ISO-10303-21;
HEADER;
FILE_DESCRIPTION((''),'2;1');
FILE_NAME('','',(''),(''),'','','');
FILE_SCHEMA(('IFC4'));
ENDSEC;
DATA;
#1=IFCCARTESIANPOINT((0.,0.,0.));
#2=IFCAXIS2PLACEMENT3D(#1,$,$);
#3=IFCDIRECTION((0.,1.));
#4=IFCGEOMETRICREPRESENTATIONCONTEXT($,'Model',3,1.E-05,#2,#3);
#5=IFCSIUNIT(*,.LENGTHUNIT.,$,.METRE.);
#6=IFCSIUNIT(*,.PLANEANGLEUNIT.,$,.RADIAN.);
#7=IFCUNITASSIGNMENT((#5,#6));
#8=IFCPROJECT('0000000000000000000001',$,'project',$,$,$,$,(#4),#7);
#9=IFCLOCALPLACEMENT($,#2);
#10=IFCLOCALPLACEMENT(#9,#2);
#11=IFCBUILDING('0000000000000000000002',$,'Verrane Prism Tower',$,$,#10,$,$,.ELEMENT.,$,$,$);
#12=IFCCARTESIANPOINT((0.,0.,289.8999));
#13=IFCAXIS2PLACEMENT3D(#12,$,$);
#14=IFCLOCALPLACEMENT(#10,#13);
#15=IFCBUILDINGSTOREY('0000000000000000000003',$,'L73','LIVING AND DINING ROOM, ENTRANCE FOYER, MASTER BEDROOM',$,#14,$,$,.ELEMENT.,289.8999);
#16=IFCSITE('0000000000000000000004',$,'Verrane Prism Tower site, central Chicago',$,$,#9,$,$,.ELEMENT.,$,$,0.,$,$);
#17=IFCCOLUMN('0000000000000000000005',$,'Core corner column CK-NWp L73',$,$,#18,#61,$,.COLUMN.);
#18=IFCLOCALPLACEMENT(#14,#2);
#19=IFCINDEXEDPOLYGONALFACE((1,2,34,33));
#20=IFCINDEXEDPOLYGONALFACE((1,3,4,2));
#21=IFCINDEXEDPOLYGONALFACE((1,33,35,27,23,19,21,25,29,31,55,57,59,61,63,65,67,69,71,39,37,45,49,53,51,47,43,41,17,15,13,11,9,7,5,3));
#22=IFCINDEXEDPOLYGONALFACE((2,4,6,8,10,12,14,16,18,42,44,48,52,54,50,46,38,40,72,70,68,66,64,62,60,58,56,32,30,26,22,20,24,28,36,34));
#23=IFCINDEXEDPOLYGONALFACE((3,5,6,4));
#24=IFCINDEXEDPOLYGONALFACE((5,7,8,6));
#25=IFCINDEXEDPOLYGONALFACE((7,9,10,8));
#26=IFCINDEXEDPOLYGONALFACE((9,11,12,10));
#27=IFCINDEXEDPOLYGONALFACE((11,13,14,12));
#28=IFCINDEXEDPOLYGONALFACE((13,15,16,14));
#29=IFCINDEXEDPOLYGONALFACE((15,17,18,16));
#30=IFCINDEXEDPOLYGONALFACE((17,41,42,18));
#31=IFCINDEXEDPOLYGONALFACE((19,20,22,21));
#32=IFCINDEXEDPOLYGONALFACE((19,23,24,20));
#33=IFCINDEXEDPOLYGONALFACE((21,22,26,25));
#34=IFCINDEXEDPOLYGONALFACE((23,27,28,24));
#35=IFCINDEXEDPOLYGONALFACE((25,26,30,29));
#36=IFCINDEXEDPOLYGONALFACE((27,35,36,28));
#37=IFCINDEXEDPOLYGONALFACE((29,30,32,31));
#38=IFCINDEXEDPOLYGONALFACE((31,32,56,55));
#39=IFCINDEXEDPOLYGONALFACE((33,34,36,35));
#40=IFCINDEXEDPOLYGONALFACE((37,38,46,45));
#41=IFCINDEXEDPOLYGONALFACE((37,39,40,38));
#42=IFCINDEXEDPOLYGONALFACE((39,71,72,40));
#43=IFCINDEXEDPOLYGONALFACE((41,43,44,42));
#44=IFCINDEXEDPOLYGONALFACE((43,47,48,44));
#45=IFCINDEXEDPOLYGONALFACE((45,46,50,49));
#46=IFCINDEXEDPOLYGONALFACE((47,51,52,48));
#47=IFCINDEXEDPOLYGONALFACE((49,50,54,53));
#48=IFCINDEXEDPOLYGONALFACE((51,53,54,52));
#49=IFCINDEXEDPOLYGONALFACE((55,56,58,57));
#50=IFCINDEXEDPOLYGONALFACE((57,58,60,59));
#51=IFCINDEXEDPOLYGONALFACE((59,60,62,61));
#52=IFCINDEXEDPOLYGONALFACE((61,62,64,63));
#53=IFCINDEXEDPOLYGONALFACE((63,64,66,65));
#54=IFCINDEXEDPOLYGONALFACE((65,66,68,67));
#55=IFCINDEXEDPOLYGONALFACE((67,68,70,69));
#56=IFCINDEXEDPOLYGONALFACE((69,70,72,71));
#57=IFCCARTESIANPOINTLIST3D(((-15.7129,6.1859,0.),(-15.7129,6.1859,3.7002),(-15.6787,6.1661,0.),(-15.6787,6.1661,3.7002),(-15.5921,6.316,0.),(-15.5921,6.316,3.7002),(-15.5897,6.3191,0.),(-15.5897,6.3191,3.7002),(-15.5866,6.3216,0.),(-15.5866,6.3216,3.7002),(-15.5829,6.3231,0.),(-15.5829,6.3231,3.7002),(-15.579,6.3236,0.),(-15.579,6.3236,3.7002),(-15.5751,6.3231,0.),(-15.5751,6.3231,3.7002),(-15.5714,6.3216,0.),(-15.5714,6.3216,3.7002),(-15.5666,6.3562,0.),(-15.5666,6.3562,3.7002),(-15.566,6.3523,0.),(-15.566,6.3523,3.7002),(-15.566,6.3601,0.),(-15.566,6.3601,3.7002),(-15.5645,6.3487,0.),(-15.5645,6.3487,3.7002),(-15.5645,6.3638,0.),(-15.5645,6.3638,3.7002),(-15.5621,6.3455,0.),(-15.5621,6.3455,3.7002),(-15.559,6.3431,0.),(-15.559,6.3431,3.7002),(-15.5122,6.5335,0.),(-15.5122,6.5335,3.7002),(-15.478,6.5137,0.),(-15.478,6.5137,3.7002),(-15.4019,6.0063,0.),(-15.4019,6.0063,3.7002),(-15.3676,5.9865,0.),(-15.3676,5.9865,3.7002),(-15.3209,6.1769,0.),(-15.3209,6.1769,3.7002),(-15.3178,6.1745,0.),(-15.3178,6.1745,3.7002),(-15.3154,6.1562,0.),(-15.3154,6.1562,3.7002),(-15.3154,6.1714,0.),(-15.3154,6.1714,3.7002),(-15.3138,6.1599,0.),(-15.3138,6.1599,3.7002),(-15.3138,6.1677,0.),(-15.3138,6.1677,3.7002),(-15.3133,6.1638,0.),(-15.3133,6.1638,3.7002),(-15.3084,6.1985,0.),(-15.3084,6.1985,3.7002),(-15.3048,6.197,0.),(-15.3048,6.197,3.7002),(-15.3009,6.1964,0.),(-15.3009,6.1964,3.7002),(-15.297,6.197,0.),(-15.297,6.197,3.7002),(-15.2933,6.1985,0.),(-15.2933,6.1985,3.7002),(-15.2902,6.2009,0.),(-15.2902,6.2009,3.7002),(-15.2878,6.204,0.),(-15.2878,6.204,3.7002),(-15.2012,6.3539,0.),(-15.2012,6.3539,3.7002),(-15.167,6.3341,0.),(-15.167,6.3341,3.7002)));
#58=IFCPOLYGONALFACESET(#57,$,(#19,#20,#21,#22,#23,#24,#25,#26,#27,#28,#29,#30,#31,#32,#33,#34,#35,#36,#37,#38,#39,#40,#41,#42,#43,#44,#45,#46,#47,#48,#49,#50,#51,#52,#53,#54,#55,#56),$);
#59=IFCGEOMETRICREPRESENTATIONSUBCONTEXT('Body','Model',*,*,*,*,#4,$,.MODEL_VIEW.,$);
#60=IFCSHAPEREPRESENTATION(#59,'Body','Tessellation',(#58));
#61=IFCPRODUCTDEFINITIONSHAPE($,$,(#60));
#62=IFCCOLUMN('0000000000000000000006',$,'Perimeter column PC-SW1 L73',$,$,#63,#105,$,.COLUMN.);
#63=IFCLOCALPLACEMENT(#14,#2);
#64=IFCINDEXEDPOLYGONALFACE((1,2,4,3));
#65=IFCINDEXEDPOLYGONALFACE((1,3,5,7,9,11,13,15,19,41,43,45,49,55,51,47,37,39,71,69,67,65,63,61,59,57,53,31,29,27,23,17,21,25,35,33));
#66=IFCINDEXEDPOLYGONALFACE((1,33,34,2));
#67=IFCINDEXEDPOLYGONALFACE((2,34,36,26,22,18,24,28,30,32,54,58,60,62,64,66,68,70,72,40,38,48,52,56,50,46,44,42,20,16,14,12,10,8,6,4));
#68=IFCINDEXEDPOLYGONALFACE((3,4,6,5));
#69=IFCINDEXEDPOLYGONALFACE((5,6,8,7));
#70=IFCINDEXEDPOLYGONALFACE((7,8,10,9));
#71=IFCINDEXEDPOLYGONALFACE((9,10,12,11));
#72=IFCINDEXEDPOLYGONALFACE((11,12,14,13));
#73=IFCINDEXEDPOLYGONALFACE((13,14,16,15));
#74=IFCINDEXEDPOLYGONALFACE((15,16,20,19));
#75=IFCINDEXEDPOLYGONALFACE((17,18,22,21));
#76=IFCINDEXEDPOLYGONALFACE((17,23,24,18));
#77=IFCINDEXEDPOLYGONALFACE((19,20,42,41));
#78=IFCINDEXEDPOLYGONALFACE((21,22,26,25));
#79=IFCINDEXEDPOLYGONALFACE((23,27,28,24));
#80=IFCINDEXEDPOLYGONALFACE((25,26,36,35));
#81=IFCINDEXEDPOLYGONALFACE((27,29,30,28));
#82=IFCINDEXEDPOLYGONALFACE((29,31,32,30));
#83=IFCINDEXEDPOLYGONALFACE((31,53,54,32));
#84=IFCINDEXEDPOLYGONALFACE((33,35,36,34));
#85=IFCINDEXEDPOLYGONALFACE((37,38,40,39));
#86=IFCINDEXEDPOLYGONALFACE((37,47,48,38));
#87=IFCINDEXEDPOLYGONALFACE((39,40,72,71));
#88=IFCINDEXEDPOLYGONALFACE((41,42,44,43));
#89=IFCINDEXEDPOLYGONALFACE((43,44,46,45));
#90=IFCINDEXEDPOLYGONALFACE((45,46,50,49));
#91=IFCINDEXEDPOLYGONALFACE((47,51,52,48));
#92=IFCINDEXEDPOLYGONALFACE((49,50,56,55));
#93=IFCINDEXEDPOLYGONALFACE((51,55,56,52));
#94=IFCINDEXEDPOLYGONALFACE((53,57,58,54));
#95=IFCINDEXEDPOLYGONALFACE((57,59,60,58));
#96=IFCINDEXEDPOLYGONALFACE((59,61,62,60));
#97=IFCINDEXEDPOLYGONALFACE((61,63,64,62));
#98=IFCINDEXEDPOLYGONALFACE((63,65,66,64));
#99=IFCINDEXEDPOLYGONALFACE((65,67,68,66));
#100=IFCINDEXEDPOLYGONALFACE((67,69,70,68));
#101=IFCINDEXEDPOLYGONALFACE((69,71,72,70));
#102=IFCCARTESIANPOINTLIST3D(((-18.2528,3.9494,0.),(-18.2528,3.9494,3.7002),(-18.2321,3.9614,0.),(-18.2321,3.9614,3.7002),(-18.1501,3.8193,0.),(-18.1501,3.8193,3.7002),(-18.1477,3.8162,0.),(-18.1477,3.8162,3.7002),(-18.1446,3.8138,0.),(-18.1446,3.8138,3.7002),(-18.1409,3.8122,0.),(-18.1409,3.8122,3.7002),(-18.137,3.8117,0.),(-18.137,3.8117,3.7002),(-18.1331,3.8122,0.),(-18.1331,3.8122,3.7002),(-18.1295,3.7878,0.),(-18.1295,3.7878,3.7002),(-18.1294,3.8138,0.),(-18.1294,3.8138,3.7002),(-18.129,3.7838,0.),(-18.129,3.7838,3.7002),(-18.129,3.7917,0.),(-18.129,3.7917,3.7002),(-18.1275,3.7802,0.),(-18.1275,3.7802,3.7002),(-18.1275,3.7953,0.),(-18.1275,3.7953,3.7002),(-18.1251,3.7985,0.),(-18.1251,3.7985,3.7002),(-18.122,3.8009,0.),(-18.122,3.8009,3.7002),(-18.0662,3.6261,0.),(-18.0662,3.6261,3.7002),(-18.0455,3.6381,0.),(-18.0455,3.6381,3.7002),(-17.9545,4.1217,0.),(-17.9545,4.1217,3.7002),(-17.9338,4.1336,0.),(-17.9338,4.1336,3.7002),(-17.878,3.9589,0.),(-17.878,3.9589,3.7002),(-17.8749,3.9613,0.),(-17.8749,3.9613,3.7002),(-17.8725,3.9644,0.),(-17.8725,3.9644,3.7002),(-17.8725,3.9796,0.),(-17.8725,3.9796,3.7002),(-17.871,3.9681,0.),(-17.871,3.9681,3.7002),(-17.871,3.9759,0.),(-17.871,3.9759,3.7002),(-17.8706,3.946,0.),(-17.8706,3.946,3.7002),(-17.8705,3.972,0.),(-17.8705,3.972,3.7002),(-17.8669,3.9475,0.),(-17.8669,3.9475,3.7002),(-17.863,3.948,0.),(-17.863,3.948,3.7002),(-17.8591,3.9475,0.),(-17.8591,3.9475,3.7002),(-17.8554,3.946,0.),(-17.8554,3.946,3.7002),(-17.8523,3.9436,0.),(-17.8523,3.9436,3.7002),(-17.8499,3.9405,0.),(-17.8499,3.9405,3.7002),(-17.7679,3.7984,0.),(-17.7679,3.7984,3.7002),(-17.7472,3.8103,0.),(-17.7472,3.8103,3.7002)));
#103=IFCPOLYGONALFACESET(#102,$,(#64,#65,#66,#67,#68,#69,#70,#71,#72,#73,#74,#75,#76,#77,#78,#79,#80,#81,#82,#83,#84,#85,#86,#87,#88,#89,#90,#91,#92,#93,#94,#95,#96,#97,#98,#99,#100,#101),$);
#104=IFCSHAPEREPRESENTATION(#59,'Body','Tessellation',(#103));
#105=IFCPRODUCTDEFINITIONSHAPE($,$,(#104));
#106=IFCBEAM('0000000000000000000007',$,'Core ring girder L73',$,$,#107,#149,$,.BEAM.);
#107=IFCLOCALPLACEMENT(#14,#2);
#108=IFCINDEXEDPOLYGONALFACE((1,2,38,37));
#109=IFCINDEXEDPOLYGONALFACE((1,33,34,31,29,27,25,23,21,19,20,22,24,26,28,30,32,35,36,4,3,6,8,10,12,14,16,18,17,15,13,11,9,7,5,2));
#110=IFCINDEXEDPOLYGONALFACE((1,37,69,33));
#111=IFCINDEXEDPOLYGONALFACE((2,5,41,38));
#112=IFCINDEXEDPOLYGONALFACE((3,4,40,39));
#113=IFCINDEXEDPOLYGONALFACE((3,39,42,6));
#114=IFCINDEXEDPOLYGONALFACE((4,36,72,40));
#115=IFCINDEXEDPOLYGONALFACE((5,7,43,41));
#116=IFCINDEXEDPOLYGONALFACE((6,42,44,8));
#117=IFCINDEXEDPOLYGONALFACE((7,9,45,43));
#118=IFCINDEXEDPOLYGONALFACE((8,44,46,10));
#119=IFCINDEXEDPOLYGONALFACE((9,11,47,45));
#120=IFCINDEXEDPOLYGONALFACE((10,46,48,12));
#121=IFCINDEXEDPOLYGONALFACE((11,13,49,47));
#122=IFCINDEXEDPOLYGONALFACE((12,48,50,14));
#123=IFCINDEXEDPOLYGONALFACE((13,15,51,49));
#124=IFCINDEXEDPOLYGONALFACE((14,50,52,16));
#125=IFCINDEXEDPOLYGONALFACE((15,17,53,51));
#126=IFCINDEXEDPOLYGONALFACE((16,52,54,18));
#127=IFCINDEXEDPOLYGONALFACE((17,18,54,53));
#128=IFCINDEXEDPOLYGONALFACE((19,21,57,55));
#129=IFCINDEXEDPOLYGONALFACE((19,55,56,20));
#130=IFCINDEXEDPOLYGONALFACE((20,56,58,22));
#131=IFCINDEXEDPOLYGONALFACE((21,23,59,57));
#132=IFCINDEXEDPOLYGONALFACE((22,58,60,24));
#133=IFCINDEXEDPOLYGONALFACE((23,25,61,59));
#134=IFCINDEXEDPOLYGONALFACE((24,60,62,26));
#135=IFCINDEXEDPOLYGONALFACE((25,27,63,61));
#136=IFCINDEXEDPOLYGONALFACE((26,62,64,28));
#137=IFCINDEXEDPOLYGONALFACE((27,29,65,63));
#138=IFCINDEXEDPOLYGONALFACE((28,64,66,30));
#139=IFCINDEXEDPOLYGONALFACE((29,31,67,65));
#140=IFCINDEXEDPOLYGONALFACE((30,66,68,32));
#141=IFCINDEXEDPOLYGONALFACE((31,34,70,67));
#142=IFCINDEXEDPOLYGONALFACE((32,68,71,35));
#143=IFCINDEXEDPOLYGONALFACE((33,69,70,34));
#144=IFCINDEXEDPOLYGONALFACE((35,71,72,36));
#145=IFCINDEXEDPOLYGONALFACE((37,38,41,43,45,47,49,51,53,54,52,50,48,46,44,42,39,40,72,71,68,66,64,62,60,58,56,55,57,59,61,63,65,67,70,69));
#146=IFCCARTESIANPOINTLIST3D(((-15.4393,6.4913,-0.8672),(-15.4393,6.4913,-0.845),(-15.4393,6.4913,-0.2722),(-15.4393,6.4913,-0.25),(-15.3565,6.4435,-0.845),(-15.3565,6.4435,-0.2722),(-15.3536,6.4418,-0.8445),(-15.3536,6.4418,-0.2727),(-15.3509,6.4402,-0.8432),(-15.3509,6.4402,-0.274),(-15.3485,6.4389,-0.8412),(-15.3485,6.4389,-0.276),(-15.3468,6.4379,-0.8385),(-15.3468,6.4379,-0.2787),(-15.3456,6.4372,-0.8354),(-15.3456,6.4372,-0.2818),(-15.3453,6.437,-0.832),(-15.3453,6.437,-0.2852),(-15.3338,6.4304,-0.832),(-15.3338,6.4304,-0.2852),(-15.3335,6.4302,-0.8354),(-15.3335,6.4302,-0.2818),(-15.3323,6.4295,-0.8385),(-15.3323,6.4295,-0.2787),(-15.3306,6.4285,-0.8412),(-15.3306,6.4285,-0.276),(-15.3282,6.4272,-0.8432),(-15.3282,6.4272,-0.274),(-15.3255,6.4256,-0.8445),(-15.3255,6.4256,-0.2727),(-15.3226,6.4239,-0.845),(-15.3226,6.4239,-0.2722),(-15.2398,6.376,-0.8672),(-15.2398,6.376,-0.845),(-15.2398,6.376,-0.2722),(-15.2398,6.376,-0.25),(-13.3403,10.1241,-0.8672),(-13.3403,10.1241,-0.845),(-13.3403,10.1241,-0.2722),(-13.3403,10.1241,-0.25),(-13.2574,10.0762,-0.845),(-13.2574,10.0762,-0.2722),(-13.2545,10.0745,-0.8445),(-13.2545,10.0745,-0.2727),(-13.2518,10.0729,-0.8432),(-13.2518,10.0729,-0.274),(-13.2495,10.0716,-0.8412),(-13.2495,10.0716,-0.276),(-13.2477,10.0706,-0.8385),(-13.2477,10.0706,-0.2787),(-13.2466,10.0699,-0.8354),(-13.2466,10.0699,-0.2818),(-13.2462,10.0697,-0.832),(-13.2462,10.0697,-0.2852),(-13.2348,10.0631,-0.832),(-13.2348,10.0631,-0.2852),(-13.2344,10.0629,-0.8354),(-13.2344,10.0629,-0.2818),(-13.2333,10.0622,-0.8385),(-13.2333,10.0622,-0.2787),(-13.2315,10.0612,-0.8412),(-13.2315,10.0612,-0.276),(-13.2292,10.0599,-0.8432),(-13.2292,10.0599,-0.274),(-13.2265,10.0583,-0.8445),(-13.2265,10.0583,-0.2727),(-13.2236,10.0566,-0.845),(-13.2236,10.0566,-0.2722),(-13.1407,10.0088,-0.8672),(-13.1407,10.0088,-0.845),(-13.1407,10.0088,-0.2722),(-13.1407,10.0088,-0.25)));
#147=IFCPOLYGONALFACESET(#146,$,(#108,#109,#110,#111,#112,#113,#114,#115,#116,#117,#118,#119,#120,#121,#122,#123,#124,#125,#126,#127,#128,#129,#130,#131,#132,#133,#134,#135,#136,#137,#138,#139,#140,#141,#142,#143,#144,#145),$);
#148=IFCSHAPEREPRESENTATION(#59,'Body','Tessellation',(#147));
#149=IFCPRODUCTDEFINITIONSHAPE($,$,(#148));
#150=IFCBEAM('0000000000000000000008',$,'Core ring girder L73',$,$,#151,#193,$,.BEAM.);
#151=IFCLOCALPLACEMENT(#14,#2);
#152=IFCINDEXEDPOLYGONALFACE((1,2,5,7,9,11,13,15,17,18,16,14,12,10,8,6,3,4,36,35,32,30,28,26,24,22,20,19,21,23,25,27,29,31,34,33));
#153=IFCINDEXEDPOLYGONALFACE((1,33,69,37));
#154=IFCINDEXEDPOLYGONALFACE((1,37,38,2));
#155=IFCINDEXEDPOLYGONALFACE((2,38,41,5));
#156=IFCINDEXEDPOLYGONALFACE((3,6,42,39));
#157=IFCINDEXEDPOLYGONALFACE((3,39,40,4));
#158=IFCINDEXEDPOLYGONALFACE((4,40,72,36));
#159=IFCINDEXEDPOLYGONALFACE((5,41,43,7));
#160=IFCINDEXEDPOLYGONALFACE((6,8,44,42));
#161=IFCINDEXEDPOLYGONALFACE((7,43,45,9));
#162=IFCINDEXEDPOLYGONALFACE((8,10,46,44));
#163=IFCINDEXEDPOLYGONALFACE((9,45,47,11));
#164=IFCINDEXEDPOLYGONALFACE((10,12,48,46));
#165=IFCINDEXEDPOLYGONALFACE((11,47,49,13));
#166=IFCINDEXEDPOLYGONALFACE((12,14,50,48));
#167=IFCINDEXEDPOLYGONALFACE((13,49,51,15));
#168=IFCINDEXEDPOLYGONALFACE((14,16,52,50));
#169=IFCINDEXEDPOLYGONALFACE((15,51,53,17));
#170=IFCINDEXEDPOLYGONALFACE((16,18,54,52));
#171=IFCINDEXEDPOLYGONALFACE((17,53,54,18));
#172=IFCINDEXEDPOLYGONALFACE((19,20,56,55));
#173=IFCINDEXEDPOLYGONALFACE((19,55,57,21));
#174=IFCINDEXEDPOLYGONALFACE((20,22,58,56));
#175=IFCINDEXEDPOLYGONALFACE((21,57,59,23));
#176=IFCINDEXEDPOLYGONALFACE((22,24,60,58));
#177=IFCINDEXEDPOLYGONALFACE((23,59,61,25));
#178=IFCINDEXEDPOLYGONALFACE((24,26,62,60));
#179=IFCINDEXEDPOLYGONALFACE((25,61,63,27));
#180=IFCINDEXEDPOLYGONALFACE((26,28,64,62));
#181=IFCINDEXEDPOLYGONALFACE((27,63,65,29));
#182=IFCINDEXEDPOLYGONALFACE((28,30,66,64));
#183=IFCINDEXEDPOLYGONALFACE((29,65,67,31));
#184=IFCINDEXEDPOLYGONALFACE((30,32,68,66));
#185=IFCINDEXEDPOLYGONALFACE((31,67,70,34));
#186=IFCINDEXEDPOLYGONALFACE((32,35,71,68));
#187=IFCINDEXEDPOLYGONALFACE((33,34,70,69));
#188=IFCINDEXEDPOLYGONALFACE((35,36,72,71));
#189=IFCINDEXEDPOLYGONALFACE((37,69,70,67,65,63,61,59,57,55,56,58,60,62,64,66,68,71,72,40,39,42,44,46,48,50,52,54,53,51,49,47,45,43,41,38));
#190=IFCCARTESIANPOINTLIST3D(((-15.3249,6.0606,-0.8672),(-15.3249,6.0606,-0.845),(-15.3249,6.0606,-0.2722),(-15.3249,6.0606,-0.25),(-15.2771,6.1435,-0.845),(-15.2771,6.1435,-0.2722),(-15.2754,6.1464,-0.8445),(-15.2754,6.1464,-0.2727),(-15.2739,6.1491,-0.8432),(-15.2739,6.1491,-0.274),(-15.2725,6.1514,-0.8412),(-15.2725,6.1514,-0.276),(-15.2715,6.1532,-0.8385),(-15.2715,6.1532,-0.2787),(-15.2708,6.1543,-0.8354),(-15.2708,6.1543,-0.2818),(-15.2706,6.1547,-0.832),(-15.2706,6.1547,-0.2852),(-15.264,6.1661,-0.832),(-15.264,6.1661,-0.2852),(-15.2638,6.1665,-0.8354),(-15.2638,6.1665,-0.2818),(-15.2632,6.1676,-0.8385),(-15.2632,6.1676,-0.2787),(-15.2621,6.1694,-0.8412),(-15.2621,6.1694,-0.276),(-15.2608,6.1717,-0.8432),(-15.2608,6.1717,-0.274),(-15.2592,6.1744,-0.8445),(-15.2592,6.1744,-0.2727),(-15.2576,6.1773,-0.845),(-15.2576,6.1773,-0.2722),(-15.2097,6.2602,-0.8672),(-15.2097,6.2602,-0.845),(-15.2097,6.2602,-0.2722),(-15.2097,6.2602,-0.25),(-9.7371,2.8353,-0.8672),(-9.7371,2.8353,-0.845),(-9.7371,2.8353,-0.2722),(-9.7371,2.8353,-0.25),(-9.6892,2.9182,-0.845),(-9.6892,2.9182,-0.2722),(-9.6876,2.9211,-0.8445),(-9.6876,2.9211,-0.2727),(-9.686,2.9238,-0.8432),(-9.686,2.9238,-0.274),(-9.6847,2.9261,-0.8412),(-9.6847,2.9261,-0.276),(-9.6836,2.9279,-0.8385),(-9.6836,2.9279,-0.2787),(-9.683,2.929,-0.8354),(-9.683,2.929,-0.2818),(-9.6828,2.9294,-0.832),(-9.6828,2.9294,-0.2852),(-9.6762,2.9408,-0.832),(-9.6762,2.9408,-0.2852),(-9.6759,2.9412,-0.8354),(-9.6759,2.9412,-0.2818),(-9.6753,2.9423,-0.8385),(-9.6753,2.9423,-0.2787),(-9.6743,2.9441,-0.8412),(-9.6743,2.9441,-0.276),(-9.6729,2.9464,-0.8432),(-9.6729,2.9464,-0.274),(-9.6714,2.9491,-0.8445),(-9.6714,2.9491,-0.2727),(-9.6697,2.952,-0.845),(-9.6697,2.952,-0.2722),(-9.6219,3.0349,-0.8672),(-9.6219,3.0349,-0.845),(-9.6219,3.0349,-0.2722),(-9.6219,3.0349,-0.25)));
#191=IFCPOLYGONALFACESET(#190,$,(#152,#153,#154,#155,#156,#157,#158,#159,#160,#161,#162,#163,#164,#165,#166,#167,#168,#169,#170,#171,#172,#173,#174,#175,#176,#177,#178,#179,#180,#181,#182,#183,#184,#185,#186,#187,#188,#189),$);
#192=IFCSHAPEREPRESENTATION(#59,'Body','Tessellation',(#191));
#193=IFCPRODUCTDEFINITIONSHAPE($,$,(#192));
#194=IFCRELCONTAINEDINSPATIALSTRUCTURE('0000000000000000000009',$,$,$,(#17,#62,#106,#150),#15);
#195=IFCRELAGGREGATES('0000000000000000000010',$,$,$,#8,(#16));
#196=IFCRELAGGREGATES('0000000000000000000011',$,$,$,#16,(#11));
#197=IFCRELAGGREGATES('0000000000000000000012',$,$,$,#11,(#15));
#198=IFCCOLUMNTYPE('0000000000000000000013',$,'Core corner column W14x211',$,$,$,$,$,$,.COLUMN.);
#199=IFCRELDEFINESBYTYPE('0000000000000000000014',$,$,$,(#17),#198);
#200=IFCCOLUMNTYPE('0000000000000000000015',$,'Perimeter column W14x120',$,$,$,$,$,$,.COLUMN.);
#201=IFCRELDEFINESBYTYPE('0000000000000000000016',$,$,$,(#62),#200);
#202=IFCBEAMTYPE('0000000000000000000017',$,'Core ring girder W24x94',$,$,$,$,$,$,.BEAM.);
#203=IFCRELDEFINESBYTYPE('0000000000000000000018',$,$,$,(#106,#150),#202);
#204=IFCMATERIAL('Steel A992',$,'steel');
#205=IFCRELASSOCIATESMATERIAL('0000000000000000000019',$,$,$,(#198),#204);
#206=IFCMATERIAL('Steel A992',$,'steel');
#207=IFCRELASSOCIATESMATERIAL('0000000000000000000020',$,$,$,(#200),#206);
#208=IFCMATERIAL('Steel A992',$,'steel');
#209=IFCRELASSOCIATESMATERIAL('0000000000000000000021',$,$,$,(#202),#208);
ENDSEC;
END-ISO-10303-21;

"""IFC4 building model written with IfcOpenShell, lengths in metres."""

from ifc_helpers import new_model, si_unit, direction, frame, origin, origin_2d, place, context, subcontext, project, spatial, i_section, extrude, material, material_profile, profile_set, type_object, element, save


model = new_model("IFC4")

# Units and contexts
model_context = context("Model", 3, precision=1e-05, world=origin(), true_north=direction((0.0, 1.0)))
body_context = subcontext(model_context, "Body", "Model", "MODEL_VIEW")
ifc_project = project(units=[si_unit("LENGTHUNIT", "METRE"), si_unit("PLANEANGLEUNIT", "RADIAN")], contexts=[model_context])

# Site, building, storey
site_placement = place(None, origin())
site = spatial("IfcSite", under=ifc_project, at=site_placement, Name="Verrane Prism Tower site, central Chicago", CompositionType="ELEMENT", RefElevation=0.0)
building_placement = place(site_placement, origin())
building = spatial("IfcBuilding", under=site, at=building_placement, Name="Verrane Prism Tower", CompositionType="ELEMENT")
storey_placement = place(building_placement, frame((0.0, 0.0, 289.8999)))
storey = spatial("IfcBuildingStorey", under=building, at=storey_placement, Name="L73", Description="LIVING AND DINING ROOM, ENTRANCE FOYER, MASTER BEDROOM", CompositionType="ELEMENT", Elevation=289.8999)

# Columns
ifc_material_1 = material(Name="Steel A992", Category="steel")
ifc_material_profile_1 = material_profile(ifc_material_1, i_section(OverallWidth=0.4014, OverallDepth=0.3987, WebThickness=0.0249, FlangeThickness=0.0396, FilletRadius=0.0151, at=origin_2d()), Name="W14x211")
ifc_profile_set_1 = profile_set([ifc_material_profile_1], Name="Steel A992")
column_type_1 = type_object("IfcColumnType", Name="Core corner column W14x211", PredefinedType="COLUMN", material=ifc_profile_set_1)
column_1_placement = place(storey_placement, frame((-15.4399, 6.26, 0.0), z_axis=(0.0, 0.0, 1.0), x_axis=(0.5, 0.866025, 0.0)))
element("IfcColumn", 1, at=column_1_placement, inside=storey, type_object=column_type_1, Name="Core corner column CK-NWp L73", PredefinedType="COLUMN", context=body_context, shape_type="SweptSolid", body=[
    extrude(i_section(OverallWidth=0.4014, OverallDepth=0.3987, WebThickness=0.0249, FlangeThickness=0.0396, FilletRadius=0.0151, at=origin_2d()), origin(), (0.0, 0.0, 1.0), 3.7002),
])
ifc_material_2 = material(Name="Steel A992", Category="steel")
ifc_material_profile_2 = material_profile(ifc_material_2, i_section(OverallWidth=0.3733, OverallDepth=0.3684, WebThickness=0.0149, FlangeThickness=0.0239, FilletRadius=0.0151, at=origin_2d()), Name="W14x120")
ifc_profile_set_2 = profile_set([ifc_material_profile_2], Name="Steel A992")
column_type_2 = type_object("IfcColumnType", Name="Perimeter column W14x120", PredefinedType="COLUMN", material=ifc_profile_set_2)
column_2_placement = place(storey_placement, frame((-18.0, 3.8799, 0.0), z_axis=(0.0, 0.0, 1.0), x_axis=(-0.5, 0.866025, 0.0)))
element("IfcColumn", 2, at=column_2_placement, inside=storey, type_object=column_type_2, Name="Perimeter column PC-SW1 L73", PredefinedType="COLUMN", context=body_context, shape_type="SweptSolid", body=[
    extrude(i_section(OverallWidth=0.3733, OverallDepth=0.3684, WebThickness=0.0149, FlangeThickness=0.0239, FilletRadius=0.0151, at=origin_2d()), origin(), (0.0, 0.0, 1.0), 3.7002),
])

# Beams
ifc_material_3 = material(Name="Steel A992", Category="steel")
ifc_material_profile_3 = material_profile(ifc_material_3, i_section(OverallWidth=0.2305, OverallDepth=0.6172, WebThickness=0.0132, FlangeThickness=0.0222, FilletRadius=0.0129, at=origin_2d()), Name="W24x94")
ifc_profile_set_3 = profile_set([ifc_material_profile_3], Name="Steel A992")
beam_type_1 = type_object("IfcBeamType", Name="Core ring girder W24x94", PredefinedType="BEAM", material=ifc_profile_set_3)
beam_1_placement = place(storey_placement, frame((-13.2405, 10.0664, -0.5586), z_axis=(-0.500307, -0.865848, 0.0), x_axis=(0.865848, -0.500307, 0.0)))
element("IfcBeam", 3, at=beam_1_placement, inside=storey, type_object=beam_type_1, Name="Core ring girder L73", PredefinedType="BEAM", context=body_context, shape_type="SweptSolid", body=[
    extrude(i_section(OverallWidth=0.2305, OverallDepth=0.6172, WebThickness=0.0132, FlangeThickness=0.0222, FilletRadius=0.0129, at=origin_2d()), origin(), (0.0, 0.0, 1.0), 4.1956),
])
beam_2_placement = place(storey_placement, frame((-15.2673, 6.1604, -0.5586), z_axis=(0.866081, -0.499904, 0.0), x_axis=(0.499904, 0.866081, 0.0)))
element("IfcBeam", 4, at=beam_2_placement, inside=storey, type_object=beam_type_1, Name="Core ring girder L73", PredefinedType="BEAM", context=body_context, shape_type="SweptSolid", body=[
    extrude(i_section(OverallWidth=0.2305, OverallDepth=0.6172, WebThickness=0.0132, FlangeThickness=0.0222, FilletRadius=0.0129, at=origin_2d()), origin(), (0.0, 0.0, 1.0), 6.4519),
])

save(model, "model.ifc")
